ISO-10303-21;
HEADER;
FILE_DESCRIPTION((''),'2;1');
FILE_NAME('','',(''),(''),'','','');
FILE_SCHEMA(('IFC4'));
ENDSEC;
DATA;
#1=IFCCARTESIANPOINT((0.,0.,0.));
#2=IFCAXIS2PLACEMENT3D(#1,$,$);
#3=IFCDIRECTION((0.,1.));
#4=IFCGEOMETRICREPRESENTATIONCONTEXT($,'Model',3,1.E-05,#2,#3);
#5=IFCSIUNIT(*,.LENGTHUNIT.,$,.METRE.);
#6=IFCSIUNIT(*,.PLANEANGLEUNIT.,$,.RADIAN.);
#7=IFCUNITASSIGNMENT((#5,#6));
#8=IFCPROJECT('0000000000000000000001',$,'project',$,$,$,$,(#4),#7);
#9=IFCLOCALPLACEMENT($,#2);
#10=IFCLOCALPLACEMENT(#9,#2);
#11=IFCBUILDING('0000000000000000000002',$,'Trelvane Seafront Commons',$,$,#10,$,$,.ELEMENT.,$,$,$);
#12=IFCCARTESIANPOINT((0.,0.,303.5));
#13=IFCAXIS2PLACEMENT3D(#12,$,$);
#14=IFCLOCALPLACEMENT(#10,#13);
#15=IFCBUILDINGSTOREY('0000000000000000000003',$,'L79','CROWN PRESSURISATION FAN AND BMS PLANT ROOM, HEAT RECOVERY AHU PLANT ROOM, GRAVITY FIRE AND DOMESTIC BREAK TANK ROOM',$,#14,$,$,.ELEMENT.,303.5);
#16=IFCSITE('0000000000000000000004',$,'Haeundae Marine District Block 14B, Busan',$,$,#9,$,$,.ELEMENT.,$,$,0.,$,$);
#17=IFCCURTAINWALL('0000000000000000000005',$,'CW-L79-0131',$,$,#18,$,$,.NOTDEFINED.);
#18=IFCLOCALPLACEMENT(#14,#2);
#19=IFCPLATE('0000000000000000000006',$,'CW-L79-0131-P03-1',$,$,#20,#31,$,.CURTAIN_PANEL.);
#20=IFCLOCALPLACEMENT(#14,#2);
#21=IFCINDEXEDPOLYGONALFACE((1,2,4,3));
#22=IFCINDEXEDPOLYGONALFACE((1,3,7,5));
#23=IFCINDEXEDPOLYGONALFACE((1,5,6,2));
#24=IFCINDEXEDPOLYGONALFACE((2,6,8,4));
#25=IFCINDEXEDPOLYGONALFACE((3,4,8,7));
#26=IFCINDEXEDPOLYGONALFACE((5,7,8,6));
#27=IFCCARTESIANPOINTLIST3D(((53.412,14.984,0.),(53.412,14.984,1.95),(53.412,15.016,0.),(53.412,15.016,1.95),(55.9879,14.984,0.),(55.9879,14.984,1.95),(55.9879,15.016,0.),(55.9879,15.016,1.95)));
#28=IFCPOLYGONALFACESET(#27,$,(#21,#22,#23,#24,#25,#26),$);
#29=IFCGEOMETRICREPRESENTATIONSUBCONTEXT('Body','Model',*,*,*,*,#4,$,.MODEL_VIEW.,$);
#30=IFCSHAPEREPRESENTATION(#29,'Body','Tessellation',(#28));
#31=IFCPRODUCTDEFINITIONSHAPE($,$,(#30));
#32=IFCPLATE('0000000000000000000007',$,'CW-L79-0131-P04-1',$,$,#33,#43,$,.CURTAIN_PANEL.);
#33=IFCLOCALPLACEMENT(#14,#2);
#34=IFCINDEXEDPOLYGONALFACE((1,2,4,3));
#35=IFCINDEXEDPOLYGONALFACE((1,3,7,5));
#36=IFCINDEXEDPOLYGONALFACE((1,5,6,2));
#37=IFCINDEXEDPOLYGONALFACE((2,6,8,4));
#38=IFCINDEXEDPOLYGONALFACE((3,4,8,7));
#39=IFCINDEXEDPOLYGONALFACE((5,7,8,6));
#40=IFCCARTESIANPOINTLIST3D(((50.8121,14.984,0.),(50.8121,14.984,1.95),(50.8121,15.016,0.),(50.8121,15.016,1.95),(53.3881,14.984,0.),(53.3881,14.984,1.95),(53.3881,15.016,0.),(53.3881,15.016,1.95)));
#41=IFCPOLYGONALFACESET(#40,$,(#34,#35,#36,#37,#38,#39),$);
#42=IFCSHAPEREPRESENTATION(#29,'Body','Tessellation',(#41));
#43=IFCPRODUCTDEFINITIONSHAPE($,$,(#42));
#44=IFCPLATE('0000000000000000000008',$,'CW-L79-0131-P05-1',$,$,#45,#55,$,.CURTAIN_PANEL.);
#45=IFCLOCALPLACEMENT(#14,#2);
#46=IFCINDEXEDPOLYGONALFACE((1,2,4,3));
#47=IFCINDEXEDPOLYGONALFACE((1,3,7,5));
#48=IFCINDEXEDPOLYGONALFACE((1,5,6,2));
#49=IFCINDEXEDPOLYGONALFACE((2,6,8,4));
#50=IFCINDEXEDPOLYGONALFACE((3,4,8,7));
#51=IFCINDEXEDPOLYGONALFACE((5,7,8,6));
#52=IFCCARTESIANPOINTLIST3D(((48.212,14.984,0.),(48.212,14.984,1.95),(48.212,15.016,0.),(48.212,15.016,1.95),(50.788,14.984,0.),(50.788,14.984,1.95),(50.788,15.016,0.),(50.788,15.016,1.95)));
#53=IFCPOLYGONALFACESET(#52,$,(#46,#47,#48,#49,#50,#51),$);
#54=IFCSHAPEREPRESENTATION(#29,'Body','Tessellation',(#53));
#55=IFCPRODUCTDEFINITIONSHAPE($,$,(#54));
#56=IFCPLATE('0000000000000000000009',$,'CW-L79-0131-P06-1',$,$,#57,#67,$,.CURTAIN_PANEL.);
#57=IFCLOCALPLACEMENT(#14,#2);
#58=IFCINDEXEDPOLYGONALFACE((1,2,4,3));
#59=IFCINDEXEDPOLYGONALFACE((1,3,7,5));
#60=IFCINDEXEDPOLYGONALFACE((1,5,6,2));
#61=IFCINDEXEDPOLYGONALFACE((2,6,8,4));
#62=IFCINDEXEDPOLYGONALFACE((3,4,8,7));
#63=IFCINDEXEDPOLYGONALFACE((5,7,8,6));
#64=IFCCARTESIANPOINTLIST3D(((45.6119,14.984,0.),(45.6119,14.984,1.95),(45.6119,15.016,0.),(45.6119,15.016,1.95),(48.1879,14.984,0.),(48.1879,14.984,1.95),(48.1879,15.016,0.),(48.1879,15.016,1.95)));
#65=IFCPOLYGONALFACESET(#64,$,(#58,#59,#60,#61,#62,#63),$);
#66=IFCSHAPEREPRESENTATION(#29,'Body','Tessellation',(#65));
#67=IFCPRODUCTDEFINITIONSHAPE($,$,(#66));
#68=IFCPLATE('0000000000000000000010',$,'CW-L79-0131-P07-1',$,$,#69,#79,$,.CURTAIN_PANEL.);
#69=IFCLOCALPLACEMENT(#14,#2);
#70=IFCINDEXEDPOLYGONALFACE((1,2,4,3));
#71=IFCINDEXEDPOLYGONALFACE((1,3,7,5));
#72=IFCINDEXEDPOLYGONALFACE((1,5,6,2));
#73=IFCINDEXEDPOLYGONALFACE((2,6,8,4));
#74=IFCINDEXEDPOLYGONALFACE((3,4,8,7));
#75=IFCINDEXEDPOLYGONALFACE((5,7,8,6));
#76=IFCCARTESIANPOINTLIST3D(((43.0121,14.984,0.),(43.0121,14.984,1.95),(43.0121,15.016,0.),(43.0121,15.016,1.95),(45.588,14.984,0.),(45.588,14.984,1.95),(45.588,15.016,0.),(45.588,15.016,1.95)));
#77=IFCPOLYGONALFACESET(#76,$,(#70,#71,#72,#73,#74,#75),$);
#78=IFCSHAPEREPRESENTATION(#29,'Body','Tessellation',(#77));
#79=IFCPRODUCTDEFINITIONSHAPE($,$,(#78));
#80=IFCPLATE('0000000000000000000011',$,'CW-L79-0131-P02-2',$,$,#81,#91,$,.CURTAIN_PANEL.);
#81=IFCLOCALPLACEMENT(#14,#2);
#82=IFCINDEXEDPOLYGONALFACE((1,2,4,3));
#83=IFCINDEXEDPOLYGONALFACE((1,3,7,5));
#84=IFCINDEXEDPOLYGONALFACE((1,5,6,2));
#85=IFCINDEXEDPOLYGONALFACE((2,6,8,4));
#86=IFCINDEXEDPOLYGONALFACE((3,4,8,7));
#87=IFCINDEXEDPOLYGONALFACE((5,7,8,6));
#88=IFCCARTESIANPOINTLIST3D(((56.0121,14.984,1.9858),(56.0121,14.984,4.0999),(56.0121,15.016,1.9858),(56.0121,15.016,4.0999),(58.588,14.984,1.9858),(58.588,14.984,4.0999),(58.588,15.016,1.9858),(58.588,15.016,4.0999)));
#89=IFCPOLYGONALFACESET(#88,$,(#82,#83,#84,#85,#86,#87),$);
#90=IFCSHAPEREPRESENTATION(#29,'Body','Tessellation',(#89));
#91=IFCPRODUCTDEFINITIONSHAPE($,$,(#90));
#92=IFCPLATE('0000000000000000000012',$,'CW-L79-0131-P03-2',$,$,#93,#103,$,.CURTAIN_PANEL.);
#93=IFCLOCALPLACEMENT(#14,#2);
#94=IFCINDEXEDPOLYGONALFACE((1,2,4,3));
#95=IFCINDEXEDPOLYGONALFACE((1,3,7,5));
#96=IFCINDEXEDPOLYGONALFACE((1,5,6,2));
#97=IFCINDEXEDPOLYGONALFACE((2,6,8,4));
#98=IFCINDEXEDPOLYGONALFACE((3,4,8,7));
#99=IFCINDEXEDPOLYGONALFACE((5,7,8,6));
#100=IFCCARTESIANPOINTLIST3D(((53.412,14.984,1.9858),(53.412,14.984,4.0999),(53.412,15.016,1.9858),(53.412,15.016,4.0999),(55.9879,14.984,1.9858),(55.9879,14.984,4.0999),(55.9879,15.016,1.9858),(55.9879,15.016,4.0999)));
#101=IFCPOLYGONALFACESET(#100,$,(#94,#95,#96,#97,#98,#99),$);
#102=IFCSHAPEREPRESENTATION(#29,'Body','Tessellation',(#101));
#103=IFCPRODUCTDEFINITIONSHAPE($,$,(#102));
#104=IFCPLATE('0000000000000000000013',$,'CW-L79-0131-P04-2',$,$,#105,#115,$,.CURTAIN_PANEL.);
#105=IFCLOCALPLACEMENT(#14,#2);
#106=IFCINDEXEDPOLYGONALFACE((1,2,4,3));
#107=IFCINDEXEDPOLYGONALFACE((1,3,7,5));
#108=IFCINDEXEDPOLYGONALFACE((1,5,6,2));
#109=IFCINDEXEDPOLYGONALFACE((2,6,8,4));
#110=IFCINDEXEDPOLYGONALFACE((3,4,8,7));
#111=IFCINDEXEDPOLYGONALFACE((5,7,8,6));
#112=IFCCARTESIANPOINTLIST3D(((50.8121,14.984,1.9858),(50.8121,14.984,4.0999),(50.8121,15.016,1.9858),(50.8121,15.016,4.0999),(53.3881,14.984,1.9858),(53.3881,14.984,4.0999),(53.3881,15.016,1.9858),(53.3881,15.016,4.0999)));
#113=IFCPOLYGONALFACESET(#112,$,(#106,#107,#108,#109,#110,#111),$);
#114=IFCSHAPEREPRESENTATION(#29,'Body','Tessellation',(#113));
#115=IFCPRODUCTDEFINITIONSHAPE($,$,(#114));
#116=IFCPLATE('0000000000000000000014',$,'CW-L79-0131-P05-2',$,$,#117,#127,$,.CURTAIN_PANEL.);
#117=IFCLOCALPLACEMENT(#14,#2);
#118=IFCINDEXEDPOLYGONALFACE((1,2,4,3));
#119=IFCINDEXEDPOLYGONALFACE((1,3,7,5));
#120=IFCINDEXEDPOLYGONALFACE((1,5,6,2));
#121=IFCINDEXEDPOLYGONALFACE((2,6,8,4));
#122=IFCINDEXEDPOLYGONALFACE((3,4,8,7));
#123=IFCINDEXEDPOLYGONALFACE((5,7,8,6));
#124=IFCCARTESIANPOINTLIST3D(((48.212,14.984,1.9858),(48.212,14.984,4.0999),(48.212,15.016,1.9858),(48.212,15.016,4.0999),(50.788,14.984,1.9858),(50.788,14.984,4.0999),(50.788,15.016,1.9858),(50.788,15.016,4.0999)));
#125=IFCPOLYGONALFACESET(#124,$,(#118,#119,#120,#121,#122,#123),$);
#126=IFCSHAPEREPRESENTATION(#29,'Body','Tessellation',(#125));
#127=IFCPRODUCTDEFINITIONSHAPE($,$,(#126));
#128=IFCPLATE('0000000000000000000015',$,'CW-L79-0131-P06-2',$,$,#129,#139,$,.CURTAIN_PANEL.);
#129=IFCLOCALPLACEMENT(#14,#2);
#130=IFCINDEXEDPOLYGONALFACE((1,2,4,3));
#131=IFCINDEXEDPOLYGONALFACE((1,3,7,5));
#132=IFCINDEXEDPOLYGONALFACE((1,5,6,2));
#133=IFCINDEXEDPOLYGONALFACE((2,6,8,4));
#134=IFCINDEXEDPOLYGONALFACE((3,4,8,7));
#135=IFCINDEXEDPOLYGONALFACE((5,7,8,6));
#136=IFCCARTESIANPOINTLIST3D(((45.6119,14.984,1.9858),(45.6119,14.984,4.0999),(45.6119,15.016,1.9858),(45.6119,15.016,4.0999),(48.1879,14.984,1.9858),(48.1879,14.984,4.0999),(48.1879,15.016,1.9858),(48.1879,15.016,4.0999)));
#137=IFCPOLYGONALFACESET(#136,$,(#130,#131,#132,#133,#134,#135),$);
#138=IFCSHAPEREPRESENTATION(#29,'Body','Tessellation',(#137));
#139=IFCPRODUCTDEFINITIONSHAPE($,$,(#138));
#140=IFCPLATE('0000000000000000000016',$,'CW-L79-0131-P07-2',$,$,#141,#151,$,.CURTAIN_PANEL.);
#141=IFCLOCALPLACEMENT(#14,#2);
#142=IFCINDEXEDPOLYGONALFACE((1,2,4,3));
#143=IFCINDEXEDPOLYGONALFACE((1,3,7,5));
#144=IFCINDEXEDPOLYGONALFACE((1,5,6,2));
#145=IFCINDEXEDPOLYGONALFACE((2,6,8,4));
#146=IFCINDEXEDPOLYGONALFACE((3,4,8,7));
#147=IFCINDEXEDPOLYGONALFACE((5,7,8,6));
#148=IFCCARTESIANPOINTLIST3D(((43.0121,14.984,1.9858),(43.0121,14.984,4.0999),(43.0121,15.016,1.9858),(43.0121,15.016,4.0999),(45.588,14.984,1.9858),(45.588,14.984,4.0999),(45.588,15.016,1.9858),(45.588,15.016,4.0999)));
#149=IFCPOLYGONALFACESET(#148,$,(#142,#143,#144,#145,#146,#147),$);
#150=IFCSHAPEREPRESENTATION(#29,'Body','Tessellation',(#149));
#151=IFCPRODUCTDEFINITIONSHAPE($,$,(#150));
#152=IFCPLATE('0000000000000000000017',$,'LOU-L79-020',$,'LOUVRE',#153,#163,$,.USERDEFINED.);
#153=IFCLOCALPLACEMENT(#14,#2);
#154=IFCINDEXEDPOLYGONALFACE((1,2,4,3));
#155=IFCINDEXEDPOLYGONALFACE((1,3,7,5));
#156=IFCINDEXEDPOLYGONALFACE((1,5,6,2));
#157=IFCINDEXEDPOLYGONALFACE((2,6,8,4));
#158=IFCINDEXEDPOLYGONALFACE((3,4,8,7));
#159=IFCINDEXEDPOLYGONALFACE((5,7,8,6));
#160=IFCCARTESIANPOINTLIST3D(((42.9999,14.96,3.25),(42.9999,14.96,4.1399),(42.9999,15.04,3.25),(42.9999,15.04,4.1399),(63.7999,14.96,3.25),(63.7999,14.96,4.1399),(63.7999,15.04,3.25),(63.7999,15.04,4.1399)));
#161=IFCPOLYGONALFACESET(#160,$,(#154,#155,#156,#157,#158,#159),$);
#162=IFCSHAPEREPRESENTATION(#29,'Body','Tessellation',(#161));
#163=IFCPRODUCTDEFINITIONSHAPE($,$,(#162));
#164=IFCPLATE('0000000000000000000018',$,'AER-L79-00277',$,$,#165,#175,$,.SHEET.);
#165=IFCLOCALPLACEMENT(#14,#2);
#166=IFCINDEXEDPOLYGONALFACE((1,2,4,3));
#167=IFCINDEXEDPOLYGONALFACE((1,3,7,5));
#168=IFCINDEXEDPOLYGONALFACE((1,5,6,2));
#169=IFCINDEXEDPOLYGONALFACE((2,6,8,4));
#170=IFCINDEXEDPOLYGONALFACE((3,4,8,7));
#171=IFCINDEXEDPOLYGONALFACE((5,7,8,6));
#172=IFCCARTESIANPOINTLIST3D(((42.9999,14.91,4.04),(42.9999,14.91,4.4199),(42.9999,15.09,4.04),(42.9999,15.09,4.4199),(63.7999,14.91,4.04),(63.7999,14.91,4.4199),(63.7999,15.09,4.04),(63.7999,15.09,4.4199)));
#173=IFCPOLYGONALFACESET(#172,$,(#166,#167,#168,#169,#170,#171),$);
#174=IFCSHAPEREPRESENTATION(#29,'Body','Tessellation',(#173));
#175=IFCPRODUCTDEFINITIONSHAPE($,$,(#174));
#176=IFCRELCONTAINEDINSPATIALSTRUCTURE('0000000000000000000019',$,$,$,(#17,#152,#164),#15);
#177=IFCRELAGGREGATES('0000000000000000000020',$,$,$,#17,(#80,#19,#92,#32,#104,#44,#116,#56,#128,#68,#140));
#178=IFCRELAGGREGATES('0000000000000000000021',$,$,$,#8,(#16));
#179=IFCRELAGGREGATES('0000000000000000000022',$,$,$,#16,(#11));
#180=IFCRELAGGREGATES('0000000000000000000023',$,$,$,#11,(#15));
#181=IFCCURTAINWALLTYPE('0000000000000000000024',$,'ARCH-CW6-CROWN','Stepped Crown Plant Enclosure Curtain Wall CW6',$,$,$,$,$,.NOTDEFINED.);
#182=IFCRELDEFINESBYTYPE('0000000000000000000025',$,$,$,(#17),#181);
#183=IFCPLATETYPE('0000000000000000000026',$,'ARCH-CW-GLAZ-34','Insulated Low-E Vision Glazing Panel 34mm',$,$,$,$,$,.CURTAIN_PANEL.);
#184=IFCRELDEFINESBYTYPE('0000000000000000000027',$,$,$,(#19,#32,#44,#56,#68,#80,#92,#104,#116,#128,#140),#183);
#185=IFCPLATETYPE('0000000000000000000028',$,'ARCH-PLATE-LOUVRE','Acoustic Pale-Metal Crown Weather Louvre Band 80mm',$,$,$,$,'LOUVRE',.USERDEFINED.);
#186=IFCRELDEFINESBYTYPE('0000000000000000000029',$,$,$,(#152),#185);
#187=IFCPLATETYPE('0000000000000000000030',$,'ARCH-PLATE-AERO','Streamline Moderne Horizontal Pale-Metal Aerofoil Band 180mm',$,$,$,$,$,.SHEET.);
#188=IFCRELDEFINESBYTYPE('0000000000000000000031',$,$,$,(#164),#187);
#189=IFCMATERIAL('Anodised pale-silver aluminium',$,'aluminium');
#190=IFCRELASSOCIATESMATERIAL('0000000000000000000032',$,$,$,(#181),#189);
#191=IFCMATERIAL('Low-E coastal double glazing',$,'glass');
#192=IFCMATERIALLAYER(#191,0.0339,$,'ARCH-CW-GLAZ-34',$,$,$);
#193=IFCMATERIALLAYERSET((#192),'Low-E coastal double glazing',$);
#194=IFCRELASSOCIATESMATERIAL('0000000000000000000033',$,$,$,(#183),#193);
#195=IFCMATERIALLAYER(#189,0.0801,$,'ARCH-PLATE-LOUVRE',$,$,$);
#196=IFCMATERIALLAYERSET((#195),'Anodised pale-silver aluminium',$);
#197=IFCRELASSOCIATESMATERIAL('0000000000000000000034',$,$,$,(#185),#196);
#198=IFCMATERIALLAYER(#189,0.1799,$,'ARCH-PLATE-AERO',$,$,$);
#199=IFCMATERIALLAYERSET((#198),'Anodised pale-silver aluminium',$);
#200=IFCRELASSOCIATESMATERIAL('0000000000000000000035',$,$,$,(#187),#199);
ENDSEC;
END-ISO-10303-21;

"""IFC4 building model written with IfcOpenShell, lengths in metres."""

from ifc_helpers import new_model, si_unit, direction, frame, origin, origin_2d, place, context, subcontext, project, spatial, rectangle, extrude, source, transform, mapped, material, layer, layer_set, type_object, element, aggregate, save


model = new_model("IFC4")

# Units and contexts
model_context = context("Model", 3, precision=1e-05, world=origin(), true_north=direction((0.0, 1.0)))
body_context = subcontext(model_context, "Body", "Model", "MODEL_VIEW")
ifc_project = project(units=[si_unit("LENGTHUNIT", "METRE"), si_unit("PLANEANGLEUNIT", "RADIAN")], contexts=[model_context])

# Site, building, storey
site_placement = place(None, origin())
site = spatial("IfcSite", under=ifc_project, at=site_placement, Name="Haeundae Marine District Block 14B, Busan", CompositionType="ELEMENT", RefElevation=0.0)
building_placement = place(site_placement, origin())
building = spatial("IfcBuilding", under=site, at=building_placement, Name="Trelvane Seafront Commons", CompositionType="ELEMENT")
storey_placement = place(building_placement, frame((0.0, 0.0, 303.5)))
storey = spatial("IfcBuildingStorey", under=building, at=storey_placement, Name="L79", Description="CROWN PRESSURISATION FAN AND BMS PLANT ROOM, HEAT RECOVERY AHU PLANT ROOM, GRAVITY FIRE AND DOMESTIC BREAK TANK ROOM", CompositionType="ELEMENT", Elevation=303.5)

# Curtain wall, plates
ifc_material_1 = material(Name="Anodised pale-silver aluminium", Category="aluminium")
curtain_wall_type = type_object("IfcCurtainWallType", Name="ARCH-CW6-CROWN", Description="Stepped Crown Plant Enclosure Curtain Wall CW6", PredefinedType="NOTDEFINED", material=ifc_material_1)
curtain_wall_placement = place(storey_placement, origin())
curtain_wall = element("IfcCurtainWall", 1, at=curtain_wall_placement, inside=storey, type_object=curtain_wall_type, Name="CW-L79-0131", PredefinedType="NOTDEFINED")
ifc_material_2 = material(Name="Low-E coastal double glazing", Category="glass")
ifc_layer_1 = layer(ifc_material_2, 0.0339, Name="ARCH-CW-GLAZ-34")
ifc_layer_set_1 = layer_set([ifc_layer_1], Name="Low-E coastal double glazing")
plate_type_1 = type_object("IfcPlateType", Name="ARCH-CW-GLAZ-34", Description="Insulated Low-E Vision Glazing Panel 34mm", PredefinedType="CURTAIN_PANEL", material=ifc_layer_set_1)
shared_shape_1 = source(origin(), body_context, "Body", "SweptSolid", [
    extrude(rectangle(XDim=2.5759, YDim=0.032, at=origin_2d()), origin(), (0.0, 0.0, 1.0), 1.95),
])
plate_1_placement = place(storey_placement, frame((54.7, 15.0, 0.0), z_axis=(0.0, 0.0, 1.0), x_axis=(-1.0, 0.0, 0.0)))
plate_1 = element("IfcPlate", 2, at=plate_1_placement, type_object=plate_type_1, Name="CW-L79-0131-P03-1", PredefinedType="CURTAIN_PANEL", context=body_context, shape_type="MappedRepresentation", body=[
    mapped(shared_shape_1, transform((0.0, 0.0, 0.0), x_axis=(1.0, 0.0, 0.0), y_axis=(0.0, 1.0, 0.0), z_axis=(0.0, 0.0, 1.0), scale=1.0)),
])
plate_2_placement = place(storey_placement, frame((52.1001, 15.0, 0.0), z_axis=(0.0, 0.0, 1.0), x_axis=(-1.0, 0.0, 0.0)))
plate_2 = element("IfcPlate", 3, at=plate_2_placement, type_object=plate_type_1, Name="CW-L79-0131-P04-1", PredefinedType="CURTAIN_PANEL", context=body_context, shape_type="MappedRepresentation", body=[
    mapped(shared_shape_1, transform((0.0, 0.0, 0.0), x_axis=(1.0, 0.0, 0.0), y_axis=(0.0, 1.0, 0.0), z_axis=(0.0, 0.0, 1.0), scale=1.0)),
])
plate_3_placement = place(storey_placement, frame((49.5, 15.0, 0.0), z_axis=(0.0, 0.0, 1.0), x_axis=(-1.0, 0.0, 0.0)))
plate_3 = element("IfcPlate", 4, at=plate_3_placement, type_object=plate_type_1, Name="CW-L79-0131-P05-1", PredefinedType="CURTAIN_PANEL", context=body_context, shape_type="MappedRepresentation", body=[
    mapped(shared_shape_1, transform((0.0, 0.0, 0.0), x_axis=(1.0, 0.0, 0.0), y_axis=(0.0, 1.0, 0.0), z_axis=(0.0, 0.0, 1.0), scale=1.0)),
])
plate_4_placement = place(storey_placement, frame((46.8999, 15.0, 0.0), z_axis=(0.0, 0.0, 1.0), x_axis=(-1.0, 0.0, 0.0)))
plate_4 = element("IfcPlate", 5, at=plate_4_placement, type_object=plate_type_1, Name="CW-L79-0131-P06-1", PredefinedType="CURTAIN_PANEL", context=body_context, shape_type="MappedRepresentation", body=[
    mapped(shared_shape_1, transform((0.0, 0.0, 0.0), x_axis=(1.0, 0.0, 0.0), y_axis=(0.0, 1.0, 0.0), z_axis=(0.0, 0.0, 1.0), scale=1.0)),
])
plate_5_placement = place(storey_placement, frame((44.3, 15.0, 0.0), z_axis=(0.0, 0.0, 1.0), x_axis=(-1.0, 0.0, 0.0)))
plate_5 = element("IfcPlate", 6, at=plate_5_placement, type_object=plate_type_1, Name="CW-L79-0131-P07-1", PredefinedType="CURTAIN_PANEL", context=body_context, shape_type="MappedRepresentation", body=[
    mapped(shared_shape_1, transform((0.0, 0.0, 0.0), x_axis=(1.0, 0.0, 0.0), y_axis=(0.0, 1.0, 0.0), z_axis=(0.0, 0.0, 1.0), scale=1.0)),
])
shared_shape_2 = source(origin(), body_context, "Body", "SweptSolid", [
    extrude(rectangle(XDim=2.5759, YDim=0.032, at=origin_2d()), origin(), (0.0, 0.0, 1.0), 2.114),
])
plate_6_placement = place(storey_placement, frame((57.3, 15.0, 1.9858), z_axis=(0.0, 0.0, 1.0), x_axis=(-1.0, 0.0, 0.0)))
plate_6 = element("IfcPlate", 7, at=plate_6_placement, type_object=plate_type_1, Name="CW-L79-0131-P02-2", PredefinedType="CURTAIN_PANEL", context=body_context, shape_type="MappedRepresentation", body=[
    mapped(shared_shape_2, transform((0.0, 0.0, 0.0), x_axis=(1.0, 0.0, 0.0), y_axis=(0.0, 1.0, 0.0), z_axis=(0.0, 0.0, 1.0), scale=1.0)),
])
plate_7_placement = place(storey_placement, frame((54.7, 15.0, 1.9858), z_axis=(0.0, 0.0, 1.0), x_axis=(-1.0, 0.0, 0.0)))
plate_7 = element("IfcPlate", 8, at=plate_7_placement, type_object=plate_type_1, Name="CW-L79-0131-P03-2", PredefinedType="CURTAIN_PANEL", context=body_context, shape_type="MappedRepresentation", body=[
    mapped(shared_shape_2, transform((0.0, 0.0, 0.0), x_axis=(1.0, 0.0, 0.0), y_axis=(0.0, 1.0, 0.0), z_axis=(0.0, 0.0, 1.0), scale=1.0)),
])
plate_8_placement = place(storey_placement, frame((52.1001, 15.0, 1.9858), z_axis=(0.0, 0.0, 1.0), x_axis=(-1.0, 0.0, 0.0)))
plate_8 = element("IfcPlate", 9, at=plate_8_placement, type_object=plate_type_1, Name="CW-L79-0131-P04-2", PredefinedType="CURTAIN_PANEL", context=body_context, shape_type="MappedRepresentation", body=[
    mapped(shared_shape_2, transform((0.0, 0.0, 0.0), x_axis=(1.0, 0.0, 0.0), y_axis=(0.0, 1.0, 0.0), z_axis=(0.0, 0.0, 1.0), scale=1.0)),
])
plate_9_placement = place(storey_placement, frame((49.5, 15.0, 1.9858), z_axis=(0.0, 0.0, 1.0), x_axis=(-1.0, 0.0, 0.0)))
plate_9 = element("IfcPlate", 10, at=plate_9_placement, type_object=plate_type_1, Name="CW-L79-0131-P05-2", PredefinedType="CURTAIN_PANEL", context=body_context, shape_type="MappedRepresentation", body=[
    mapped(shared_shape_2, transform((0.0, 0.0, 0.0), x_axis=(1.0, 0.0, 0.0), y_axis=(0.0, 1.0, 0.0), z_axis=(0.0, 0.0, 1.0), scale=1.0)),
])
plate_10_placement = place(storey_placement, frame((46.8999, 15.0, 1.9858), z_axis=(0.0, 0.0, 1.0), x_axis=(-1.0, 0.0, 0.0)))
plate_10 = element("IfcPlate", 11, at=plate_10_placement, type_object=plate_type_1, Name="CW-L79-0131-P06-2", PredefinedType="CURTAIN_PANEL", context=body_context, shape_type="MappedRepresentation", body=[
    mapped(shared_shape_2, transform((0.0, 0.0, 0.0), x_axis=(1.0, 0.0, 0.0), y_axis=(0.0, 1.0, 0.0), z_axis=(0.0, 0.0, 1.0), scale=1.0)),
])
plate_11_placement = place(storey_placement, frame((44.3, 15.0, 1.9858), z_axis=(0.0, 0.0, 1.0), x_axis=(-1.0, 0.0, 0.0)))
plate_11 = element("IfcPlate", 12, at=plate_11_placement, type_object=plate_type_1, Name="CW-L79-0131-P07-2", PredefinedType="CURTAIN_PANEL", context=body_context, shape_type="MappedRepresentation", body=[
    mapped(shared_shape_2, transform((0.0, 0.0, 0.0), x_axis=(1.0, 0.0, 0.0), y_axis=(0.0, 1.0, 0.0), z_axis=(0.0, 0.0, 1.0), scale=1.0)),
])
aggregate(curtain_wall, [plate_6, plate_1, plate_7, plate_2, plate_8, plate_3, plate_9, plate_4, plate_10, plate_5, plate_11])

# Plates
ifc_layer_2 = layer(ifc_material_1, 0.0801, Name="ARCH-PLATE-LOUVRE")
ifc_layer_set_2 = layer_set([ifc_layer_2], Name="Anodised pale-silver aluminium")
plate_type_2 = type_object("IfcPlateType", Name="ARCH-PLATE-LOUVRE", Description="Acoustic Pale-Metal Crown Weather Louvre Band 80mm", ElementType="LOUVRE", PredefinedType="USERDEFINED", material=ifc_layer_set_2)
shared_shape_3 = source(origin(), body_context, "Body", "SweptSolid", [
    extrude(rectangle(XDim=20.8, YDim=0.0801, at=origin_2d()), origin(), (0.0, 0.0, 1.0), 0.8899),
])
plate_12_placement = place(storey_placement, frame((53.3999, 15.0, 3.25), z_axis=(0.0, 0.0, 1.0), x_axis=(-1.0, 0.0, 0.0)))
element("IfcPlate", 13, at=plate_12_placement, inside=storey, type_object=plate_type_2, Name="LOU-L79-020", ObjectType="LOUVRE", PredefinedType="USERDEFINED", context=body_context, shape_type="MappedRepresentation", body=[
    mapped(shared_shape_3, transform((0.0, 0.0, 0.0), x_axis=(1.0, 0.0, 0.0), y_axis=(0.0, 1.0, 0.0), z_axis=(0.0, 0.0, 1.0), scale=1.0)),
])
ifc_layer_3 = layer(ifc_material_1, 0.1799, Name="ARCH-PLATE-AERO")
ifc_layer_set_3 = layer_set([ifc_layer_3], Name="Anodised pale-silver aluminium")
plate_type_3 = type_object("IfcPlateType", Name="ARCH-PLATE-AERO", Description="Streamline Moderne Horizontal Pale-Metal Aerofoil Band 180mm", PredefinedType="SHEET", material=ifc_layer_set_3)
shared_shape_4 = source(origin(), body_context, "Body", "SweptSolid", [
    extrude(rectangle(XDim=20.8, YDim=0.1799, at=origin_2d()), origin(), (0.0, 0.0, 1.0), 0.3799),
])
plate_13_placement = place(storey_placement, frame((53.3999, 15.0, 4.04), z_axis=(0.0, 0.0, 1.0), x_axis=(-1.0, 0.0, 0.0)))
element("IfcPlate", 14, at=plate_13_placement, inside=storey, type_object=plate_type_3, Name="AER-L79-00277", PredefinedType="SHEET", context=body_context, shape_type="MappedRepresentation", body=[
    mapped(shared_shape_4, transform((0.0, 0.0, 0.0), x_axis=(1.0, 0.0, 0.0), y_axis=(0.0, 1.0, 0.0), z_axis=(0.0, 0.0, 1.0), scale=1.0)),
])

save(model, "model.ifc")
